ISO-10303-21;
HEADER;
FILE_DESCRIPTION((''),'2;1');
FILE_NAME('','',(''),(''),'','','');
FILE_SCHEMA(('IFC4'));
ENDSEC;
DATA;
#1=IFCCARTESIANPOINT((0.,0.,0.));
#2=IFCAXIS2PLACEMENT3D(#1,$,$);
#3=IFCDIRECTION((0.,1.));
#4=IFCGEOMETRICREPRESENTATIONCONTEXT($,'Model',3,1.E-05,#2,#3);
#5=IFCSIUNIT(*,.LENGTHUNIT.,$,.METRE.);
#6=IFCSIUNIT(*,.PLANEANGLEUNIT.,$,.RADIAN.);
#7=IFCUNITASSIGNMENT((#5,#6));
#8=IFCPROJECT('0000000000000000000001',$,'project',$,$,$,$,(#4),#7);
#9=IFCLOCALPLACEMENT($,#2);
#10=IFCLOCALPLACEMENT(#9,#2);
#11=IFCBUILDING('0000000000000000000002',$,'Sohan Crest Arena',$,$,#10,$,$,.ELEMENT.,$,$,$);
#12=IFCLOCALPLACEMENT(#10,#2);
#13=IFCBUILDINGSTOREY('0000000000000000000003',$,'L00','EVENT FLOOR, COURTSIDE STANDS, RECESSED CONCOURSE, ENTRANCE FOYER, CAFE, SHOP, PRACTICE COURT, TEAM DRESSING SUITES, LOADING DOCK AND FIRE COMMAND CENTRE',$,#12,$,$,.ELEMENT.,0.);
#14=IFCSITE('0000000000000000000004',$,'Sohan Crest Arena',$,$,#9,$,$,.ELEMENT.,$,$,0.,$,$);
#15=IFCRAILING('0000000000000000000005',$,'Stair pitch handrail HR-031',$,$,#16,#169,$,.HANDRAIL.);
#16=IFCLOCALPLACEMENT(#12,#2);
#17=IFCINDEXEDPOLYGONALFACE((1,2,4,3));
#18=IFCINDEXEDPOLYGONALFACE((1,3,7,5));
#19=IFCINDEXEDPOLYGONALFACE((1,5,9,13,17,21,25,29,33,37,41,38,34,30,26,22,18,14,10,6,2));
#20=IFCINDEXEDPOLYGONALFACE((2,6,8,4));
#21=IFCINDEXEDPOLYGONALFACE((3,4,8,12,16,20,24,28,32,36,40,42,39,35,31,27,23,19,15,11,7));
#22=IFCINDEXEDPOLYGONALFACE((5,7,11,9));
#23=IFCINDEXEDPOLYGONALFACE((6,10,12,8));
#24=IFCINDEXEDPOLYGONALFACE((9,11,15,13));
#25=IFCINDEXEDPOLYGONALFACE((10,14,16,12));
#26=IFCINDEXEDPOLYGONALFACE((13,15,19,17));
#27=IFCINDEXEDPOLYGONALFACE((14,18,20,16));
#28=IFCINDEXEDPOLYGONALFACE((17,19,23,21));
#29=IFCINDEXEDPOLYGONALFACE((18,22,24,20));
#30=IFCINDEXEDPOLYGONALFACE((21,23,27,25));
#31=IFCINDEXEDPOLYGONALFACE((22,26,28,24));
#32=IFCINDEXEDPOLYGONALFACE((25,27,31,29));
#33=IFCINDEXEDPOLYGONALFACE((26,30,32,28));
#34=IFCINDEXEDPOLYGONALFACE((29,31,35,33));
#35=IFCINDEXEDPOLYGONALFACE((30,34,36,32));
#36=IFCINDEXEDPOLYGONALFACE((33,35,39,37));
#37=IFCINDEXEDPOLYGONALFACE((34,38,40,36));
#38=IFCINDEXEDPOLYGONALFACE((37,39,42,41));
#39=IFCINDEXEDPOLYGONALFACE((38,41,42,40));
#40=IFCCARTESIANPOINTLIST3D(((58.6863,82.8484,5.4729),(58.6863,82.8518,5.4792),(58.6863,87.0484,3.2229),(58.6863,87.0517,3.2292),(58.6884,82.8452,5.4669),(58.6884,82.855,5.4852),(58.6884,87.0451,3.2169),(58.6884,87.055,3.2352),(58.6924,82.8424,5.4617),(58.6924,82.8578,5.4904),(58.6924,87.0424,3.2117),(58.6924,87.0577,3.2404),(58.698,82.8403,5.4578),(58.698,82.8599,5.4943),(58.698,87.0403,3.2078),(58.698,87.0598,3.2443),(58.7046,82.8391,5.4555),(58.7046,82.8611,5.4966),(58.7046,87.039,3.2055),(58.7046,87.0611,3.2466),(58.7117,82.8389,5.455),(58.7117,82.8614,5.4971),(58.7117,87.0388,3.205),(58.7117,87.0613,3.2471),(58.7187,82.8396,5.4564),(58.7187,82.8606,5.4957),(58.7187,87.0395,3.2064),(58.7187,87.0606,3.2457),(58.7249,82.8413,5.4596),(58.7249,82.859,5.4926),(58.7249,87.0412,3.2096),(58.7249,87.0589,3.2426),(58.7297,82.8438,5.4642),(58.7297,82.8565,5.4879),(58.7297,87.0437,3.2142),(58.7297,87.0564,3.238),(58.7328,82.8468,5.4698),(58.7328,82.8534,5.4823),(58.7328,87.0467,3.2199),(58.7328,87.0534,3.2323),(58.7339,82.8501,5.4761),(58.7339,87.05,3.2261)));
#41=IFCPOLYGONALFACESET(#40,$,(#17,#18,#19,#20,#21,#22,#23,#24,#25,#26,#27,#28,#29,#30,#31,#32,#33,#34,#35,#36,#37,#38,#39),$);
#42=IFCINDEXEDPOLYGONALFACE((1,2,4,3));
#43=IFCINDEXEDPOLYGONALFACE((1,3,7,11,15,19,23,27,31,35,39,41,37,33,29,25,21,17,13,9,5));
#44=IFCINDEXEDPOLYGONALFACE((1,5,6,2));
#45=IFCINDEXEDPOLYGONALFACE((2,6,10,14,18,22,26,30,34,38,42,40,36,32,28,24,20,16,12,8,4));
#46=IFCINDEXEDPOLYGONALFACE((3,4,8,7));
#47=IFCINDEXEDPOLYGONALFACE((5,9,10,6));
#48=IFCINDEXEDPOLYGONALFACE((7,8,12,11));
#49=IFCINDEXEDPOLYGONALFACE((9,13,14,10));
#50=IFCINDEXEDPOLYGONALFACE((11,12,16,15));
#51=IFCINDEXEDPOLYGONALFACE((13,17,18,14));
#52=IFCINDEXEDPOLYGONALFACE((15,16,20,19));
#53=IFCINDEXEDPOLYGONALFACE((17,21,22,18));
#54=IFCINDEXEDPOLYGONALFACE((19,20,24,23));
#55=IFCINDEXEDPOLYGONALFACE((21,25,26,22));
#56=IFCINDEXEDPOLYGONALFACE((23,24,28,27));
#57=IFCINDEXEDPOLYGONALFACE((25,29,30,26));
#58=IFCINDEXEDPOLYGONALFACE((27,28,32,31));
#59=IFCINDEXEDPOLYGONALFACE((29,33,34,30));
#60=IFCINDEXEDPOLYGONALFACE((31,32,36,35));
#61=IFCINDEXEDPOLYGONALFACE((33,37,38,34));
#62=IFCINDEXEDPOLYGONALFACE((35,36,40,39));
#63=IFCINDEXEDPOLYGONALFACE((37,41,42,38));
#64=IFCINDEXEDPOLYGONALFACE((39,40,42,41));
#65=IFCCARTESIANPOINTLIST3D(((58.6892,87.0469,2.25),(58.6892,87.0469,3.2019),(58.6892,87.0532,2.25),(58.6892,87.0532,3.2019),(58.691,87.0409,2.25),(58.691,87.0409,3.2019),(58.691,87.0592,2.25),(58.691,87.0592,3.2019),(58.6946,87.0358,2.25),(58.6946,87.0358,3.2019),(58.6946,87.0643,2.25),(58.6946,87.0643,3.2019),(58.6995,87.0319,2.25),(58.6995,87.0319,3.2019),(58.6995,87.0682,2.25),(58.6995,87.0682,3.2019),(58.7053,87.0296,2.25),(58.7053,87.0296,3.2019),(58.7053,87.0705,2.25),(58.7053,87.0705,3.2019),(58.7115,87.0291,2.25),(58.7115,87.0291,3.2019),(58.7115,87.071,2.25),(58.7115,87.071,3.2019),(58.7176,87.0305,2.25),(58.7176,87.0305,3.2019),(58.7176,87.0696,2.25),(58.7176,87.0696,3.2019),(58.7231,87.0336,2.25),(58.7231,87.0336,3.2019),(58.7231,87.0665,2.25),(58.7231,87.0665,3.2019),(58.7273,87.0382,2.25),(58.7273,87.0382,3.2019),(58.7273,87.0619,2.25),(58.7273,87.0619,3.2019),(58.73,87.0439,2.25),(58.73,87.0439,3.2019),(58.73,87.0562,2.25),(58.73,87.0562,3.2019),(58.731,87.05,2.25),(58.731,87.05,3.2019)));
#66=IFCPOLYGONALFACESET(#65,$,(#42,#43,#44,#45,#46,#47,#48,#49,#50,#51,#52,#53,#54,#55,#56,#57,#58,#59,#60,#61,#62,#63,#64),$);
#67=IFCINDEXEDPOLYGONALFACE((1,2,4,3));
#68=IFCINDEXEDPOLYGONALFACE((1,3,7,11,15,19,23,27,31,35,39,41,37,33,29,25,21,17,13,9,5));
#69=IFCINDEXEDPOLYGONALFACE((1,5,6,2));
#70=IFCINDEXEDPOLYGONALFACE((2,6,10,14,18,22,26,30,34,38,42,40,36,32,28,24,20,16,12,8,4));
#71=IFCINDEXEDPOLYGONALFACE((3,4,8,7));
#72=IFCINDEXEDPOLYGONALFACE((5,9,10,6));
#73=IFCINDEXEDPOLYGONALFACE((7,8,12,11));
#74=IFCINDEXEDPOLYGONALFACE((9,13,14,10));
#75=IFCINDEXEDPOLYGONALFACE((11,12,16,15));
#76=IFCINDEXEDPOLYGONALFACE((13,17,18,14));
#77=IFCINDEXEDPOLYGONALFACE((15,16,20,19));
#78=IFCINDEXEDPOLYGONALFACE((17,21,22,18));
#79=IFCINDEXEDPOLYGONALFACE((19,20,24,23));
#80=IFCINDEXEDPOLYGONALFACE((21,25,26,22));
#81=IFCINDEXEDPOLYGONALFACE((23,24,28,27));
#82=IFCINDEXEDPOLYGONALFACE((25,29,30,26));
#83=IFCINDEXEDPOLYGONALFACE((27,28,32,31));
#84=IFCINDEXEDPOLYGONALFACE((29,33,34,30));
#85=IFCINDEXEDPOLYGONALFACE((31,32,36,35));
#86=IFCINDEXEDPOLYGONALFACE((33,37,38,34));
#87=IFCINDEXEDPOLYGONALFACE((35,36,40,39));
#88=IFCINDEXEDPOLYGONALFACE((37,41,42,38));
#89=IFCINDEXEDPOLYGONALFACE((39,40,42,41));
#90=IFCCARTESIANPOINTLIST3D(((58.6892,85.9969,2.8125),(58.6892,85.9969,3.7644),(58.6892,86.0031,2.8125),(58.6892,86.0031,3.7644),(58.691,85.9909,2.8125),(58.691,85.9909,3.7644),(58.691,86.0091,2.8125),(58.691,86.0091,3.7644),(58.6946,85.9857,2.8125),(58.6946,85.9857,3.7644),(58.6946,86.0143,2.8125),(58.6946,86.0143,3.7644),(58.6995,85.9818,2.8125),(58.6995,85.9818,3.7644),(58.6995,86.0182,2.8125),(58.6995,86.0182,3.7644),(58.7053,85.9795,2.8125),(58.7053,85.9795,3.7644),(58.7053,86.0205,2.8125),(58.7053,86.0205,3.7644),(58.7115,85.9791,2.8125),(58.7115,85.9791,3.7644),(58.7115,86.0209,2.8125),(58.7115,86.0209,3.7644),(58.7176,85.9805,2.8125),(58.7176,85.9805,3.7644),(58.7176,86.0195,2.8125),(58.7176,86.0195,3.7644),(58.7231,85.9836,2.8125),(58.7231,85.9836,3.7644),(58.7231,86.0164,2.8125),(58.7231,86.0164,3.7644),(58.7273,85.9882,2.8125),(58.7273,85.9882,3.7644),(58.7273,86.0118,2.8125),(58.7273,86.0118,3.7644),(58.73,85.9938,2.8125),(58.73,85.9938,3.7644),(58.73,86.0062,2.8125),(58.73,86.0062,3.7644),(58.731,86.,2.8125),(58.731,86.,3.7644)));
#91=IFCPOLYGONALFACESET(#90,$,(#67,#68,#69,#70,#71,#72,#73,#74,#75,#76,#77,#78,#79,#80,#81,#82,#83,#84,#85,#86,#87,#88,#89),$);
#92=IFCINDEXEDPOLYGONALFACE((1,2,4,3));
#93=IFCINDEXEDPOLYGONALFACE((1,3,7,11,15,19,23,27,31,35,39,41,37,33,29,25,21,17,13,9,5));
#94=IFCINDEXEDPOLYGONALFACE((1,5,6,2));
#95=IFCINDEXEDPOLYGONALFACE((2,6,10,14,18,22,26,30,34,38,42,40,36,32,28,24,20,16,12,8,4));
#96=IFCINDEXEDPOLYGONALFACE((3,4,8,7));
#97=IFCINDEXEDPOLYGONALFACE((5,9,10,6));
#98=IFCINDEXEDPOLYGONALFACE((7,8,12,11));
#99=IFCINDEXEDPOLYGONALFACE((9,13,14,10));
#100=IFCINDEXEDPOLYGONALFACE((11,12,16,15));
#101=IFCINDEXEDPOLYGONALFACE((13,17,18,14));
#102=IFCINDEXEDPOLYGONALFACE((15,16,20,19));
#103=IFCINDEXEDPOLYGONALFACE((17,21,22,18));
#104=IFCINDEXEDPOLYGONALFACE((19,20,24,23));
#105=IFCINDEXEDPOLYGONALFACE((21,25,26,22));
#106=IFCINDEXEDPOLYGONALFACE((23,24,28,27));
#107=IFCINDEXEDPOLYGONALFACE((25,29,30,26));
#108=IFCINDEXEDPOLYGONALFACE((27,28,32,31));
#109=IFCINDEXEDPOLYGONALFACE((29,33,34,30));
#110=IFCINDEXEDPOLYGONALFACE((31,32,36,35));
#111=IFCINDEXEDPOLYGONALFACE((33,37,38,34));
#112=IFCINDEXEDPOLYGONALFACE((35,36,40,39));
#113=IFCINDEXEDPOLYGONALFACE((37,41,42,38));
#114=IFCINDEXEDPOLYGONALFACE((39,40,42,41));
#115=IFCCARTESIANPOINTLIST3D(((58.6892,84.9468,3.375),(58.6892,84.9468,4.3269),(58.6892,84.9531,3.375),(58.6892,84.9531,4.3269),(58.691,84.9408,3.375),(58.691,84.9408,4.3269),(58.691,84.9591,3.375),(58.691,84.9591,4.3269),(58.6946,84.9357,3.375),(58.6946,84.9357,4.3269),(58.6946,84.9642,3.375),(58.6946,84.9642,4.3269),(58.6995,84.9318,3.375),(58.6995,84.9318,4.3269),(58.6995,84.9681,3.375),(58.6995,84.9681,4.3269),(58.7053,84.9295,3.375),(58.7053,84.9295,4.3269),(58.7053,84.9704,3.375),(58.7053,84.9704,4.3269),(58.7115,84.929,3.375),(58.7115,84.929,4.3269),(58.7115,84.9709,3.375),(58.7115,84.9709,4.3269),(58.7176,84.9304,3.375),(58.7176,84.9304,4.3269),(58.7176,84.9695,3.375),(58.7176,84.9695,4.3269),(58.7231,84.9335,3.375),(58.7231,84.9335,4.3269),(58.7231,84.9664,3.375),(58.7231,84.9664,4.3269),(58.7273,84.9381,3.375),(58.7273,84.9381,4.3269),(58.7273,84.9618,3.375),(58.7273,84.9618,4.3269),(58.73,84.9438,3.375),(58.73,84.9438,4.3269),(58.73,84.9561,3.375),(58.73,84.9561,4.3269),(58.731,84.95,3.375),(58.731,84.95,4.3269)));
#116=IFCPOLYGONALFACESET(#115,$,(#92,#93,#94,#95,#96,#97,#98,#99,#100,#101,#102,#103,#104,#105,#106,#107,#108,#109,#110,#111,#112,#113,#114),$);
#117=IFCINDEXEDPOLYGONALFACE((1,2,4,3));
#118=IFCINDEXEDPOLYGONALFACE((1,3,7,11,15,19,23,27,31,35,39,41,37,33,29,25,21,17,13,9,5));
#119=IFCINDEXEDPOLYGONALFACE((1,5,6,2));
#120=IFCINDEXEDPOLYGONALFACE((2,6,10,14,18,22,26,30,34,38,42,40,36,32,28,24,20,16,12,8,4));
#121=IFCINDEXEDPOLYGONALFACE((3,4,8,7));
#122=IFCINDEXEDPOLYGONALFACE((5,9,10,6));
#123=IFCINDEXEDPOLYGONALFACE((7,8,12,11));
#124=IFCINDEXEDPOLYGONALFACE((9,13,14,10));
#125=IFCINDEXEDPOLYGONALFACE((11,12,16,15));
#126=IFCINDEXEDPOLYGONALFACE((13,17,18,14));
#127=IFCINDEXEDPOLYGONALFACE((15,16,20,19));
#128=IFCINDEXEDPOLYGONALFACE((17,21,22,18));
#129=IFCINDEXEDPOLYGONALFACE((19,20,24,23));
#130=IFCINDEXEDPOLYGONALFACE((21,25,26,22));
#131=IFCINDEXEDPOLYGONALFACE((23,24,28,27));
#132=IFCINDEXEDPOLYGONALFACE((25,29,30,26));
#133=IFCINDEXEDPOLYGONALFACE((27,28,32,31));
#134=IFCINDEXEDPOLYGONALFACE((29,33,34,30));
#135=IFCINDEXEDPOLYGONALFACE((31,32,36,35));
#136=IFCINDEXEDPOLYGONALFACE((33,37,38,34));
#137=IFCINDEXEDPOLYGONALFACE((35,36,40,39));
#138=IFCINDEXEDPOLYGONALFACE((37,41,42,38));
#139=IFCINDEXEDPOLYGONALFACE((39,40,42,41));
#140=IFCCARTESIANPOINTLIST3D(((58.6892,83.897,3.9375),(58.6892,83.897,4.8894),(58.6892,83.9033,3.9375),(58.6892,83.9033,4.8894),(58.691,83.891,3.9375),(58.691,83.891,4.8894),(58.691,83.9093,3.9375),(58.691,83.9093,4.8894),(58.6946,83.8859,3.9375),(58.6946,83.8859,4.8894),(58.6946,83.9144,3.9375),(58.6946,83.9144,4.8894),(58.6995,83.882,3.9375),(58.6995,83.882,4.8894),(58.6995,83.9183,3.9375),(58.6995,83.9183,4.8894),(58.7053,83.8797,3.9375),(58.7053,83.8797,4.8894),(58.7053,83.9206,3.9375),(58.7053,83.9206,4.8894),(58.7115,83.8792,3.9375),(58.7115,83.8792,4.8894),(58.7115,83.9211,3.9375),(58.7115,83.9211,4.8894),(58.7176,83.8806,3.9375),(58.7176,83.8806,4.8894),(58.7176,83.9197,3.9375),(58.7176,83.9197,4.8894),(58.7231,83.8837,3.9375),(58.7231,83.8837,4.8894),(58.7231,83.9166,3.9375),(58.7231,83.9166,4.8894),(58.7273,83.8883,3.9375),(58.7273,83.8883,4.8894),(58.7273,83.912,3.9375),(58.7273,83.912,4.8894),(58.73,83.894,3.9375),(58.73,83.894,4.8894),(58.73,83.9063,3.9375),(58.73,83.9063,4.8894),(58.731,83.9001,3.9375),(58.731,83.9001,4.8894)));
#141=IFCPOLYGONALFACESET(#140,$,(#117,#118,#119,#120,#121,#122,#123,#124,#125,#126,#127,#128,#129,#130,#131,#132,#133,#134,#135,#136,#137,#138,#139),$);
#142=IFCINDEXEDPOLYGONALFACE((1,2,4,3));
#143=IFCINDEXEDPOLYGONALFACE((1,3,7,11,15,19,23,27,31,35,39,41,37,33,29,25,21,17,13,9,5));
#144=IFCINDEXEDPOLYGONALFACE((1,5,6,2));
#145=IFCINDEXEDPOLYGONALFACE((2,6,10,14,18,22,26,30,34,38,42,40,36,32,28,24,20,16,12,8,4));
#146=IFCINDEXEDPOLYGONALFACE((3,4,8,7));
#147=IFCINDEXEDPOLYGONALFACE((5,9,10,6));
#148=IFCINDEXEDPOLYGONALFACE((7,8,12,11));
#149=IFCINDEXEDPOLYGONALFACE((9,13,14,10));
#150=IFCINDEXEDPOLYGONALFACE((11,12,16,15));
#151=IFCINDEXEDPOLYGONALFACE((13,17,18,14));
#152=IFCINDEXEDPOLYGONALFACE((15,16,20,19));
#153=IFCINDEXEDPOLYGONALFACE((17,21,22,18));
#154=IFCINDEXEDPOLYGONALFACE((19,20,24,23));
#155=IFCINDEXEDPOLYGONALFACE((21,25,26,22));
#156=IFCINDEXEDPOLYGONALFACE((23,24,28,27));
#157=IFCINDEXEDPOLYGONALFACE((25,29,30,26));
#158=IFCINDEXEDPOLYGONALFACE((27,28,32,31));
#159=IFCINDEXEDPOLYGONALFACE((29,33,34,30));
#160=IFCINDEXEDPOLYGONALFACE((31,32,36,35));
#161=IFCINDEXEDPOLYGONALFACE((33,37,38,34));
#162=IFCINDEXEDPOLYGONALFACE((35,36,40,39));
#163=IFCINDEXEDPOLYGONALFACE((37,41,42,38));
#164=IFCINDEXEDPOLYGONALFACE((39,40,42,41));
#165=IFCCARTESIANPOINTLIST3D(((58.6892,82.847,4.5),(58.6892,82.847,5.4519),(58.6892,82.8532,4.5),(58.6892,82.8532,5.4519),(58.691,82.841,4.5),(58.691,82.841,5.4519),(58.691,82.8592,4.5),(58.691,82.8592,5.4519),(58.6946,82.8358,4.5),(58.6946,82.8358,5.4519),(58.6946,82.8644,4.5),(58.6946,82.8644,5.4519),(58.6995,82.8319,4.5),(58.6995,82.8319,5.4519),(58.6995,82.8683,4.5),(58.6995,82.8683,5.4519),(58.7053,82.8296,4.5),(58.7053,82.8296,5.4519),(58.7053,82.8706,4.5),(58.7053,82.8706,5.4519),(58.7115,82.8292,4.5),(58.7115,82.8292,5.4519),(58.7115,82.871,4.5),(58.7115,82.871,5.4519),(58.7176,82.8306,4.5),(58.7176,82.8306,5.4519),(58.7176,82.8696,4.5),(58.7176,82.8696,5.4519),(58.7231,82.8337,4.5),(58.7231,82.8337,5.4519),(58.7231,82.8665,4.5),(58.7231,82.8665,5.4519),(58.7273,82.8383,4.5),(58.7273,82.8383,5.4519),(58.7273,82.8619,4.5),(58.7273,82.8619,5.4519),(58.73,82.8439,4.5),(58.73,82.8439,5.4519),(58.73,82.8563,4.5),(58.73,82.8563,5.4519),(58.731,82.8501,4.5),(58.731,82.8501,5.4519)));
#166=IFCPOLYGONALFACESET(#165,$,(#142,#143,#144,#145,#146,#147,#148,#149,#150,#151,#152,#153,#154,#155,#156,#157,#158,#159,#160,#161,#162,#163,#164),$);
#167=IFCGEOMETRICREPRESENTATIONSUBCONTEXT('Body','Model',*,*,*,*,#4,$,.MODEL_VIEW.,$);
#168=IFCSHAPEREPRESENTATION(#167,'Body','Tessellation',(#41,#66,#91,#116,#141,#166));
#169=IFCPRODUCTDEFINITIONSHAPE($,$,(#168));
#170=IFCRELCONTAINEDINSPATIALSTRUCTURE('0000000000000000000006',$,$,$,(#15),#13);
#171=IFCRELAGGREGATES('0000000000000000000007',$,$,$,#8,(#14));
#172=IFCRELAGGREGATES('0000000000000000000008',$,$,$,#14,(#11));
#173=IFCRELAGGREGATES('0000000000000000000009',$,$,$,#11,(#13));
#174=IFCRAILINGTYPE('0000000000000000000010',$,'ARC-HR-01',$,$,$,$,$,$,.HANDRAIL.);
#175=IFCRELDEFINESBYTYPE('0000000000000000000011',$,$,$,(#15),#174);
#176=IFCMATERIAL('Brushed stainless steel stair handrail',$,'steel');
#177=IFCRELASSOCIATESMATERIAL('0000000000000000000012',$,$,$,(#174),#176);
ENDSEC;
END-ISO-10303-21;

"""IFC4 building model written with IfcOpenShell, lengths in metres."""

from ifc_helpers import new_model, si_unit, direction, frame, origin, origin_2d, place, context, subcontext, project, spatial, circle, extrude, material, type_object, element, save


model = new_model("IFC4")

# Units and contexts
model_context = context("Model", 3, precision=1e-05, world=origin(), true_north=direction((0.0, 1.0)))
body_context = subcontext(model_context, "Body", "Model", "MODEL_VIEW")
ifc_project = project(units=[si_unit("LENGTHUNIT", "METRE"), si_unit("PLANEANGLEUNIT", "RADIAN")], contexts=[model_context])

# Site, building, storey
site_placement = place(None, origin())
site = spatial("IfcSite", under=ifc_project, at=site_placement, Name="Sohan Crest Arena", CompositionType="ELEMENT", RefElevation=0.0)
building_placement = place(site_placement, origin())
building = spatial("IfcBuilding", under=site, at=building_placement, Name="Sohan Crest Arena", CompositionType="ELEMENT")
storey_placement = place(building_placement, origin())
storey = spatial("IfcBuildingStorey", under=building, at=storey_placement, Name="L00", Description="EVENT FLOOR, COURTSIDE STANDS, RECESSED CONCOURSE, ENTRANCE FOYER, CAFE, SHOP, PRACTICE COURT, TEAM DRESSING SUITES, LOADING DOCK AND FIRE COMMAND CENTRE", CompositionType="ELEMENT", Elevation=0.0)

# Railing
ifc_material_1 = material(Name="Brushed stainless steel stair handrail", Category="steel")
railing_type_1 = type_object("IfcRailingType", Name="ARC-HR-01", PredefinedType="HANDRAIL", material=ifc_material_1)
for number, where, name in (
    (1, (58.71, 87.05, 2.25), "Stair pitch handrail HR-031"),
):
    element("IfcRailing", number, at=place(storey_placement, frame(where)), inside=storey, type_object=railing_type_1, Name=name, PredefinedType="HANDRAIL", context=body_context, shape_type="SweptSolid", body=[
        extrude(circle(Radius=0.0239, at=origin_2d()), frame((0.0, 0.0, 0.9761), z_axis=(0.0, -0.881478, 0.472226), x_axis=(1.0, 0.0, 0.0)), (0.0, 0.0, 1.0), 4.7646),
        extrude(circle(Radius=0.021, at=origin_2d()), origin(), (0.0, 0.0, 1.0), 0.9519),
        extrude(circle(Radius=0.021, at=origin_2d()), frame((0.0, -1.05, 0.5625)), (0.0, 0.0, 1.0), 0.9519),
        extrude(circle(Radius=0.021, at=origin_2d()), frame((0.0, -2.1001, 1.125)), (0.0, 0.0, 1.0), 0.9519),
        extrude(circle(Radius=0.021, at=origin_2d()), frame((0.0, -3.1499, 1.6875)), (0.0, 0.0, 1.0), 0.9519),
        extrude(circle(Radius=0.021, at=origin_2d()), frame((0.0, -4.2, 2.25)), (0.0, 0.0, 1.0), 0.9519),
    ])

save(model, "model.ifc")
